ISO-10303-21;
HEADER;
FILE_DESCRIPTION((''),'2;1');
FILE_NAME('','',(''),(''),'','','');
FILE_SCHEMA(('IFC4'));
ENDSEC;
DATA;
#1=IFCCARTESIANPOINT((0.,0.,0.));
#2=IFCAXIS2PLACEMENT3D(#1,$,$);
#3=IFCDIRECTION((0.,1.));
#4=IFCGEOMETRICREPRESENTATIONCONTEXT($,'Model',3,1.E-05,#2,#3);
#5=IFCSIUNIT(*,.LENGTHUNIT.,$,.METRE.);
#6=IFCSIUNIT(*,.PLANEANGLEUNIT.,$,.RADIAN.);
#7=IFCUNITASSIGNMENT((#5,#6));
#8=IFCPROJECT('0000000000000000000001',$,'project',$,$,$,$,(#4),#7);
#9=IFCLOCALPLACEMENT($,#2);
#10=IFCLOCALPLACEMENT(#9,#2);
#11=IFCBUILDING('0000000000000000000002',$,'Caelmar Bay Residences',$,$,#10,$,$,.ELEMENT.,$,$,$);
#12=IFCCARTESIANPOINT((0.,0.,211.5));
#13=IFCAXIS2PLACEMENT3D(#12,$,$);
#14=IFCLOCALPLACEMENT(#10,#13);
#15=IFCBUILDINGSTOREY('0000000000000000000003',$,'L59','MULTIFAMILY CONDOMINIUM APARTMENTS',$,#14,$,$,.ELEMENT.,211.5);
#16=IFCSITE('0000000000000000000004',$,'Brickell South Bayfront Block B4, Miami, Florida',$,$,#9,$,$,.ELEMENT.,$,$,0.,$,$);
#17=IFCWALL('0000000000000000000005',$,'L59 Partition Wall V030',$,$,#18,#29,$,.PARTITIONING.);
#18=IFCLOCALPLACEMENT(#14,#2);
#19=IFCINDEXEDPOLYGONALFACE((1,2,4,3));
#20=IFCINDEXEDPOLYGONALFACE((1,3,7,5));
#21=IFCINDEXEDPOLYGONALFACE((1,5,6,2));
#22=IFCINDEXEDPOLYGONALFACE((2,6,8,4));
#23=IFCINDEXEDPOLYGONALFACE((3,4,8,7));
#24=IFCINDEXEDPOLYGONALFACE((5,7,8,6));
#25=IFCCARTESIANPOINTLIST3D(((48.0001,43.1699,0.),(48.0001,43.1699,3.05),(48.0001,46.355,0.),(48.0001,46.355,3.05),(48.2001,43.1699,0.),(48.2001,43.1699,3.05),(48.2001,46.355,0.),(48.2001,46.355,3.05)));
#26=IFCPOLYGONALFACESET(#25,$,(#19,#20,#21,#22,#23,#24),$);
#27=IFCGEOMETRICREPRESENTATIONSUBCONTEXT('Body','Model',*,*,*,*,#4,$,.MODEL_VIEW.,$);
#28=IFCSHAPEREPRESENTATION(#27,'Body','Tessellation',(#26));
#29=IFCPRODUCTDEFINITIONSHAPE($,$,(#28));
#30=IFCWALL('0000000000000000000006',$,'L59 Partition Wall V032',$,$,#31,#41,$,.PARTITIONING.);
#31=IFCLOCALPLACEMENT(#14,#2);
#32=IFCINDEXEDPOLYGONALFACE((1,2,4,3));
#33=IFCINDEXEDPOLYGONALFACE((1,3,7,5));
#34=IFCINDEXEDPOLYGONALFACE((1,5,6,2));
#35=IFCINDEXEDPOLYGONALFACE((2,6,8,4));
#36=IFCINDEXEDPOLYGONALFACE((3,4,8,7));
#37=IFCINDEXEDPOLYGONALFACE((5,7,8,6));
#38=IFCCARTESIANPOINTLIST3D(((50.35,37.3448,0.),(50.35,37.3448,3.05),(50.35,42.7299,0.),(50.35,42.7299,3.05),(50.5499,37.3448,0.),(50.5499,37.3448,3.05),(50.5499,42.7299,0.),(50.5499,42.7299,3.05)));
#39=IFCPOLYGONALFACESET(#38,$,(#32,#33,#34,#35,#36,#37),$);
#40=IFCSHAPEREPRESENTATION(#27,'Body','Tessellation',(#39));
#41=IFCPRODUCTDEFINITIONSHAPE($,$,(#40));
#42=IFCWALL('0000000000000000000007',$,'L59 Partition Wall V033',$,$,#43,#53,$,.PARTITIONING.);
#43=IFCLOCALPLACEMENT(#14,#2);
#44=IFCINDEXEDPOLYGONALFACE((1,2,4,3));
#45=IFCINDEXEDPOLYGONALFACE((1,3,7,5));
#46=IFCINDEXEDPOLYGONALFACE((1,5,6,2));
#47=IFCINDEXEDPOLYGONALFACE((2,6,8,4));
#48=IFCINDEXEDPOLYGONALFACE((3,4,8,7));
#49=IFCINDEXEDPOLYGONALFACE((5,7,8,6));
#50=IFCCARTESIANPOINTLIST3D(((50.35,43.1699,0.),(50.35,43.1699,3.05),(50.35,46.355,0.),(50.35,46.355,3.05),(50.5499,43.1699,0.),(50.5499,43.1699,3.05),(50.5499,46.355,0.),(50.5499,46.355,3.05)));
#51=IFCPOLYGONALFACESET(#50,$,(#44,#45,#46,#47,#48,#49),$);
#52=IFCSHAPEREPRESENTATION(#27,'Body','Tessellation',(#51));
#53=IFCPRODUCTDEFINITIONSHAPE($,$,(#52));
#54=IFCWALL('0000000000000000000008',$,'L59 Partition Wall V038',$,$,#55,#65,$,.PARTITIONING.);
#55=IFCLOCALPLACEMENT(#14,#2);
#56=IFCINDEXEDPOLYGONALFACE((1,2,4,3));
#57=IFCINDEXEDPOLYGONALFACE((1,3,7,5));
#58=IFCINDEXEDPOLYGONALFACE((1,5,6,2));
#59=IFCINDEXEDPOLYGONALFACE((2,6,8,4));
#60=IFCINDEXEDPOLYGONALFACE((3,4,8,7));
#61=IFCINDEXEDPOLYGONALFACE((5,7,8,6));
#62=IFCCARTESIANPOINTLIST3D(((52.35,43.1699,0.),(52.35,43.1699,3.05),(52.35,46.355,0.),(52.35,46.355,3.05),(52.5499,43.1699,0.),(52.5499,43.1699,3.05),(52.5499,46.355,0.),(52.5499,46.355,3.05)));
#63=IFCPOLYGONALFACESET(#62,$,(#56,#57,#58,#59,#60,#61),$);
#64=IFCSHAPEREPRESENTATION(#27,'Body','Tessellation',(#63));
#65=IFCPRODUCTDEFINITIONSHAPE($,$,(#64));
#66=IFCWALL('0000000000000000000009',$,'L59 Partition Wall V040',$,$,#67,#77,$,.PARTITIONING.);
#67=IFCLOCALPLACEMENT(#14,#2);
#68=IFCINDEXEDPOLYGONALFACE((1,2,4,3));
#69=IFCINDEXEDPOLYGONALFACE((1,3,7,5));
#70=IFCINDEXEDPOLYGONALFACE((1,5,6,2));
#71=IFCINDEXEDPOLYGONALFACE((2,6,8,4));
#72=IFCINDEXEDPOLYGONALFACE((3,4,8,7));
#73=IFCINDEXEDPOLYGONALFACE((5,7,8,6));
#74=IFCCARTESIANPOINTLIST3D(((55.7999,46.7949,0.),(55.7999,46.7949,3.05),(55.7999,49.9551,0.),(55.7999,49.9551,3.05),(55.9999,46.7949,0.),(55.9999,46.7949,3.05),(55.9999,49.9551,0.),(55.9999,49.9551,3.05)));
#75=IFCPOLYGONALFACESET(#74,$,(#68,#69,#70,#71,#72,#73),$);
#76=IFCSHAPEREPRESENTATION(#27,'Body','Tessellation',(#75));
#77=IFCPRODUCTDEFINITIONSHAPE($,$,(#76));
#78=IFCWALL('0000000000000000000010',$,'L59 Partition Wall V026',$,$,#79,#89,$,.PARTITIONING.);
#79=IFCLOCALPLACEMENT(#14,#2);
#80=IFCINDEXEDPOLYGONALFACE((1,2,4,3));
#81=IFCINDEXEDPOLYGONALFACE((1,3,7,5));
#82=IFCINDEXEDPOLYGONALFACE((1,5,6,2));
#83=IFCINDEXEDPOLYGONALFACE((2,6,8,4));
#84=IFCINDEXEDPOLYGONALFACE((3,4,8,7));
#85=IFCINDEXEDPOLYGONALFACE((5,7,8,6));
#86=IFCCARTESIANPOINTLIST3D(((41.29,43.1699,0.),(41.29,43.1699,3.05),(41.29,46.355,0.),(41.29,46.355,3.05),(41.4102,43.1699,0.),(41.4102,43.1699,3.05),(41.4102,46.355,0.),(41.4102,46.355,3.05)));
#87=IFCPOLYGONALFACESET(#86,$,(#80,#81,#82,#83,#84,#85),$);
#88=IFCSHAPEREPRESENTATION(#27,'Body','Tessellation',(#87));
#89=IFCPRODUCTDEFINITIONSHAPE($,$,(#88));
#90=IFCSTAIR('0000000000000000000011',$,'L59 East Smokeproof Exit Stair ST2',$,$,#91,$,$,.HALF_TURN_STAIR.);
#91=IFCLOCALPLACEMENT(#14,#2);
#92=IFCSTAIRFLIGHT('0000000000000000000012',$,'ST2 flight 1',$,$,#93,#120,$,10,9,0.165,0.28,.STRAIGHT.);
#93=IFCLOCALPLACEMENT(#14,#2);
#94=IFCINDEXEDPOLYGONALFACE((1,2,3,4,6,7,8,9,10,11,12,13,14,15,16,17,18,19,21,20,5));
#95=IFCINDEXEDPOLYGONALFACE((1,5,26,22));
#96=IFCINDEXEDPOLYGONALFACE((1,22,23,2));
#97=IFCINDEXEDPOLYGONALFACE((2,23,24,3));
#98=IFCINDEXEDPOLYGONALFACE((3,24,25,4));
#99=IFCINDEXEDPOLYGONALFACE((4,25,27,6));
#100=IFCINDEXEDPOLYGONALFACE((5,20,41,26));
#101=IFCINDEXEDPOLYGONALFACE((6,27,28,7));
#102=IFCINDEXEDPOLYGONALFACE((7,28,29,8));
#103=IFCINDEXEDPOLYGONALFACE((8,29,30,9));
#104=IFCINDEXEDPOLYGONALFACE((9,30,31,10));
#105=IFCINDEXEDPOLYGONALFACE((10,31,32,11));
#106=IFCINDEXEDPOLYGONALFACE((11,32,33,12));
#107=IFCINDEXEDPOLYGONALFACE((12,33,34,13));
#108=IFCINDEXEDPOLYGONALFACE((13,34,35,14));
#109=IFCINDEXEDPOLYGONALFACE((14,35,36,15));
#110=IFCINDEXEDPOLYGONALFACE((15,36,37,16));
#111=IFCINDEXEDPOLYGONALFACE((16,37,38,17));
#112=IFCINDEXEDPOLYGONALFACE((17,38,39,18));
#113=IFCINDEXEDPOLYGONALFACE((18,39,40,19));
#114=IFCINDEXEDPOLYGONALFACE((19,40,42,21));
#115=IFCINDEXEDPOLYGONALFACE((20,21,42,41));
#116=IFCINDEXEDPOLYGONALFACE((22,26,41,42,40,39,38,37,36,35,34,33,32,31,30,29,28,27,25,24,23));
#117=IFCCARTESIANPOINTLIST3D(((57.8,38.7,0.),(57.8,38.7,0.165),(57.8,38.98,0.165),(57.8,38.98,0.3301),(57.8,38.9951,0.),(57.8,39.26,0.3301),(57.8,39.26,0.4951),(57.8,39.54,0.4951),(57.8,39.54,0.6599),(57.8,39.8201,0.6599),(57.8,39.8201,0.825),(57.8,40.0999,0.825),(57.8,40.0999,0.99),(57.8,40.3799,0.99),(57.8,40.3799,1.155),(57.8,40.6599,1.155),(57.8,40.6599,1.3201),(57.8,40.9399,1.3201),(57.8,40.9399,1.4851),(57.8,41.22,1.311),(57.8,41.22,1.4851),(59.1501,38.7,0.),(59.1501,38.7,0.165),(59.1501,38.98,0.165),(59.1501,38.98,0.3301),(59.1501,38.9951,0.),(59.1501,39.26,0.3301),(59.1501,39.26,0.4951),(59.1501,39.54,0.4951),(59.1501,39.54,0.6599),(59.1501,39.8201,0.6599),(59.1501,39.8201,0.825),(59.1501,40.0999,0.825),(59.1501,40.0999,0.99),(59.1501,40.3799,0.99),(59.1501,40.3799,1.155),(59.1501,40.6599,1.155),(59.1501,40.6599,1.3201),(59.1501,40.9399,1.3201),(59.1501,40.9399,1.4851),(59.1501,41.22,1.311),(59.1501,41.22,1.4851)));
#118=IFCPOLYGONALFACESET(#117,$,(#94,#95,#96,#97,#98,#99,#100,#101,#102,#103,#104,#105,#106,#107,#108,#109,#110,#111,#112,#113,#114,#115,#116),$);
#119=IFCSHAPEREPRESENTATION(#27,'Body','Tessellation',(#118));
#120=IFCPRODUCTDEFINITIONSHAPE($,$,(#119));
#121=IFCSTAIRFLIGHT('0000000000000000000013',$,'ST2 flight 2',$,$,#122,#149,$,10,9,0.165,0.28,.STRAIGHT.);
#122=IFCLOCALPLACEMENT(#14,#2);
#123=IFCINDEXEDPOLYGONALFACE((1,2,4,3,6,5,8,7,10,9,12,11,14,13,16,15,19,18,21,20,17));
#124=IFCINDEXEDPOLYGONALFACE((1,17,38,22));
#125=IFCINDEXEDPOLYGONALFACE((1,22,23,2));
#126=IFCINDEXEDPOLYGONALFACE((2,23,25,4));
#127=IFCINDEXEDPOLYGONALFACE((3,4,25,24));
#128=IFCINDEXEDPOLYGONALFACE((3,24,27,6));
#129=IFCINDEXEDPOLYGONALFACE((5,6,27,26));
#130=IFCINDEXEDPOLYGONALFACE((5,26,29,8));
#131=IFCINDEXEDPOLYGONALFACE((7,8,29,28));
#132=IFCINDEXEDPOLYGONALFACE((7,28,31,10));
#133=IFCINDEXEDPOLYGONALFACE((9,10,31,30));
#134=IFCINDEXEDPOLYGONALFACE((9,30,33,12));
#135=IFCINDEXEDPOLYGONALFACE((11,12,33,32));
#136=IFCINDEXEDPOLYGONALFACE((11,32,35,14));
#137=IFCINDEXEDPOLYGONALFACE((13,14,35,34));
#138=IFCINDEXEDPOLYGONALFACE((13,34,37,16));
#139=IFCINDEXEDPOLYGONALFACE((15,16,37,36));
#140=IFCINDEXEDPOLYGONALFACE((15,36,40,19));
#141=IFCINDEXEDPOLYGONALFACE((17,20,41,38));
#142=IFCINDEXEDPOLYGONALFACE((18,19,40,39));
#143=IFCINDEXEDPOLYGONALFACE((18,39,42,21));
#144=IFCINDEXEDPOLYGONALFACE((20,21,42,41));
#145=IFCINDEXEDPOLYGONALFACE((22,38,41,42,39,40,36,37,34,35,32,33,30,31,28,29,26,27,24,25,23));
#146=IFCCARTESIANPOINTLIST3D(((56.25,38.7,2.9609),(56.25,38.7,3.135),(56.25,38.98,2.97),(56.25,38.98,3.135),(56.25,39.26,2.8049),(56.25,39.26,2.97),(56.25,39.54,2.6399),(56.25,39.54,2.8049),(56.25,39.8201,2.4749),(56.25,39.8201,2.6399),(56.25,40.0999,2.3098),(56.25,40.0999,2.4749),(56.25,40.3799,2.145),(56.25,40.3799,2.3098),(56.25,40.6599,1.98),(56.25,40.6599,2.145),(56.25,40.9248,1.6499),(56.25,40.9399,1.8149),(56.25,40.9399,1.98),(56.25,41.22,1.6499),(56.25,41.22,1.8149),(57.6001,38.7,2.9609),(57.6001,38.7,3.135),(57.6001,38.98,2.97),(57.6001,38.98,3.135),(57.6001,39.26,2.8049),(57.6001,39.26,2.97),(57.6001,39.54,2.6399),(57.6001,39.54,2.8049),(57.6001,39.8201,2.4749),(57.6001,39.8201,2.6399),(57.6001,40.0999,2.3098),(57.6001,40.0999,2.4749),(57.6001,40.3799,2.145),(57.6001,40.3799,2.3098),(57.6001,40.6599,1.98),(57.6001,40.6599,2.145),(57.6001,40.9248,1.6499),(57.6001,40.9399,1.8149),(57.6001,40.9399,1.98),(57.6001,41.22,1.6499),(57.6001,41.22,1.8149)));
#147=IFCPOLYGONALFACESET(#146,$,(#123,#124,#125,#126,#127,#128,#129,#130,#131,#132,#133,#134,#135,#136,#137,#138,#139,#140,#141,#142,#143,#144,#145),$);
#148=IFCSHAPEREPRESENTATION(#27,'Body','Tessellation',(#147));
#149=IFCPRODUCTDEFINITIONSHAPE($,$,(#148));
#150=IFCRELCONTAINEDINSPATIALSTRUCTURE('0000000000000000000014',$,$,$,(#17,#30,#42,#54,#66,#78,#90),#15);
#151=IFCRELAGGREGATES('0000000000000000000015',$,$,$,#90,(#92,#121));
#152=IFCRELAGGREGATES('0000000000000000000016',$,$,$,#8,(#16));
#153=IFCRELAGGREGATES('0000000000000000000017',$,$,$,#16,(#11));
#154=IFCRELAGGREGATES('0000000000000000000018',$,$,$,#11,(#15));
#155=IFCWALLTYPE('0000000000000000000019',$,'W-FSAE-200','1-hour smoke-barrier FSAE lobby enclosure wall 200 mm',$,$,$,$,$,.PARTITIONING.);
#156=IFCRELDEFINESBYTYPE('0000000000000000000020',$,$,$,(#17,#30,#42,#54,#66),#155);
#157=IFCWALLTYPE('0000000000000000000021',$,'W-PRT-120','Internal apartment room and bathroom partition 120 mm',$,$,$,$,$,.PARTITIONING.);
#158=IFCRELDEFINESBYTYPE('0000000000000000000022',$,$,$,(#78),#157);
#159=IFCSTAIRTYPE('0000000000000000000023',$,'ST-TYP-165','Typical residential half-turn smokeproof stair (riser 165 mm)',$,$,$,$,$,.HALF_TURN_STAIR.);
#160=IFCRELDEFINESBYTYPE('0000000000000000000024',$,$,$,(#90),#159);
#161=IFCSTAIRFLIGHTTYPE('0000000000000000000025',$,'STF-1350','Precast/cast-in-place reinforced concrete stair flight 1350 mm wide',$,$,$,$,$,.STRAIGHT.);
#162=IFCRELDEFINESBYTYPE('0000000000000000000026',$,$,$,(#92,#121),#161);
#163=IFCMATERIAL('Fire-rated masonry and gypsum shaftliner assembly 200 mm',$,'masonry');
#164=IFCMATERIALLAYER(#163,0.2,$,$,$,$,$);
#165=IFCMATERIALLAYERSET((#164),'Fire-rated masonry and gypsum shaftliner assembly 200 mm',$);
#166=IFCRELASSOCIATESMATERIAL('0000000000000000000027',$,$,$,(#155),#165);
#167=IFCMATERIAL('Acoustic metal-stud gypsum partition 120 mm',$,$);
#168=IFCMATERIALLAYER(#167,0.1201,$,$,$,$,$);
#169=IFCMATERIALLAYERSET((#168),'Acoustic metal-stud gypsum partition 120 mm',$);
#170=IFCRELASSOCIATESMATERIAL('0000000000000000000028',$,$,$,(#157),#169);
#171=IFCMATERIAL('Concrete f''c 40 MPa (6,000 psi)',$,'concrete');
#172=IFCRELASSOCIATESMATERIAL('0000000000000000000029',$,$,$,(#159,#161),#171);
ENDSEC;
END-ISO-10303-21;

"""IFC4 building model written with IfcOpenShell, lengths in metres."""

from ifc_helpers import new_model, si_unit, direction, frame, frame_2d, origin, place, context, subcontext, project, spatial, polyline, rectangle, outline, extrude, material, layer, layer_set, type_object, element, aggregate, save


model = new_model("IFC4")

# Units and contexts
model_context = context("Model", 3, precision=1e-05, world=origin(), true_north=direction((0.0, 1.0)))
body_context = subcontext(model_context, "Body", "Model", "MODEL_VIEW")
ifc_project = project(units=[si_unit("LENGTHUNIT", "METRE"), si_unit("PLANEANGLEUNIT", "RADIAN")], contexts=[model_context])

# Site, building, storey
site_placement = place(None, origin())
site = spatial("IfcSite", under=ifc_project, at=site_placement, Name="Brickell South Bayfront Block B4, Miami, Florida", CompositionType="ELEMENT", RefElevation=0.0)
building_placement = place(site_placement, origin())
building = spatial("IfcBuilding", under=site, at=building_placement, Name="Caelmar Bay Residences", CompositionType="ELEMENT")
storey_placement = place(building_placement, frame((0.0, 0.0, 211.5)))
storey = spatial("IfcBuildingStorey", under=building, at=storey_placement, Name="L59", Description="MULTIFAMILY CONDOMINIUM APARTMENTS", CompositionType="ELEMENT", Elevation=211.5)

# Walls
ifc_material_1 = material(Name="Fire-rated masonry and gypsum shaftliner assembly 200 mm", Category="masonry")
ifc_layer_1 = layer(ifc_material_1, 0.2)
ifc_layer_set_1 = layer_set([ifc_layer_1], Name="Fire-rated masonry and gypsum shaftliner assembly 200 mm")
wall_type_1 = type_object("IfcWallType", Name="W-FSAE-200", Description="1-hour smoke-barrier FSAE lobby enclosure wall 200 mm", PredefinedType="PARTITIONING", material=ifc_layer_set_1)
wall_1_placement = place(storey_placement, frame((48.1001, 43.1699, 0.0), z_axis=(0.0, 0.0, 1.0), x_axis=(0.0, 1.0, 0.0)))
element("IfcWall", 1, at=wall_1_placement, inside=storey, type_object=wall_type_1, Name="L59 Partition Wall V030", PredefinedType="PARTITIONING", context=body_context, shape_type="SweptSolid", body=[
    extrude(rectangle(XDim=3.1851, YDim=0.2, at=frame_2d((1.5925, 0.0))), origin(), (0.0, 0.0, 1.0), 3.05),
])
wall_2_placement = place(storey_placement, frame((50.45, 37.345, 0.0), z_axis=(0.0, 0.0, 1.0), x_axis=(0.0, 1.0, 0.0)))
element("IfcWall", 2, at=wall_2_placement, inside=storey, type_object=wall_type_1, Name="L59 Partition Wall V032", PredefinedType="PARTITIONING", context=body_context, shape_type="SweptSolid", body=[
    extrude(rectangle(XDim=5.385, YDim=0.2, at=frame_2d((2.6924, 0.0))), origin(), (0.0, 0.0, 1.0), 3.05),
])
for number, where, z_axis, x_axis, name in (
    (3, (50.45, 43.1699, 0.0), (0.0, 0.0, 1.0), (0.0, 1.0, 0.0), "L59 Partition Wall V033"),
    (4, (52.45, 43.1699, 0.0), (0.0, 0.0, 1.0), (0.0, 1.0, 0.0), "L59 Partition Wall V038"),
):
    element("IfcWall", number, at=place(storey_placement, frame(where, z_axis=z_axis, x_axis=x_axis)), inside=storey, type_object=wall_type_1, Name=name, PredefinedType="PARTITIONING", context=body_context, shape_type="SweptSolid", body=[
        extrude(rectangle(XDim=3.1851, YDim=0.2, at=frame_2d((1.5925, 0.0))), origin(), (0.0, 0.0, 1.0), 3.05),
    ])
wall_3_placement = place(storey_placement, frame((55.8999, 46.7949, 0.0), z_axis=(0.0, 0.0, 1.0), x_axis=(0.0, 1.0, 0.0)))
element("IfcWall", 5, at=wall_3_placement, inside=storey, type_object=wall_type_1, Name="L59 Partition Wall V040", PredefinedType="PARTITIONING", context=body_context, shape_type="SweptSolid", body=[
    extrude(rectangle(XDim=3.1602, YDim=0.2, at=frame_2d((1.5801, 0.0))), origin(), (0.0, 0.0, 1.0), 3.05),
])
ifc_material_2 = material(Name="Acoustic metal-stud gypsum partition 120 mm")
ifc_layer_2 = layer(ifc_material_2, 0.1201)
ifc_layer_set_2 = layer_set([ifc_layer_2], Name="Acoustic metal-stud gypsum partition 120 mm")
wall_type_2 = type_object("IfcWallType", Name="W-PRT-120", Description="Internal apartment room and bathroom partition 120 mm", PredefinedType="PARTITIONING", material=ifc_layer_set_2)
wall_4_placement = place(storey_placement, frame((41.3501, 43.1699, 0.0), z_axis=(0.0, 0.0, 1.0), x_axis=(0.0, 1.0, 0.0)))
element("IfcWall", 6, at=wall_4_placement, inside=storey, type_object=wall_type_2, Name="L59 Partition Wall V026", PredefinedType="PARTITIONING", context=body_context, shape_type="SweptSolid", body=[
    extrude(rectangle(XDim=3.1851, YDim=0.1201, at=frame_2d((1.5925, 0.0))), origin(), (0.0, 0.0, 1.0), 3.05),
])

# Stair, stair flights
ifc_material_3 = material(Name="Concrete f'c 40 MPa (6,000 psi)", Category="concrete")
stair_type = type_object("IfcStairType", Name="ST-TYP-165", Description="Typical residential half-turn smokeproof stair (riser 165 mm)", PredefinedType="HALF_TURN_STAIR", material=ifc_material_3)
stair_placement = place(storey_placement, origin())
stair = element("IfcStair", 7, at=stair_placement, inside=storey, type_object=stair_type, Name="L59 East Smokeproof Exit Stair ST2", PredefinedType="HALF_TURN_STAIR")
stair_flight_type = type_object("IfcStairFlightType", Name="STF-1350", Description="Precast/cast-in-place reinforced concrete stair flight 1350 mm wide", PredefinedType="STRAIGHT", material=ifc_material_3)
stair_flight_1_placement = place(storey_placement, frame((58.4751, 38.7, 0.0), z_axis=(0.0, 0.0, 1.0), x_axis=(0.0, 1.0, 0.0)))
stair_flight_1 = element("IfcStairFlight", 8, at=stair_flight_1_placement, type_object=stair_flight_type, Name="ST2 flight 1", NumberOfRisers=10, NumberOfTreads=9, PredefinedType="STRAIGHT", RiserHeight=0.165, TreadLength=0.28, context=body_context, shape_type="SweptSolid", body=[
    extrude(outline(polyline([(0.0, 0.0), (0.0, 0.165), (0.28, 0.165), (0.28, 0.3301), (0.5601, 0.3301), (0.5601, 0.4951), (0.8401, 0.4951), (0.8401, 0.6599), (1.1201, 0.6599), (1.1201, 0.825), (1.3999, 0.825), (1.3999, 0.99), (1.6799, 0.99), (1.6799, 1.155), (1.96, 1.155), (1.96, 1.3201), (2.24, 1.3201), (2.24, 1.4851), (2.52, 1.4851), (2.52, 1.6499), (2.52, 1.311), (0.2952, 0.0), (0.0, 0.0)])), frame((0.0, 0.675, 0.0), z_axis=(0.0, -1.0, 0.0), x_axis=(1.0, 0.0, 0.0)), (0.0, 0.0, 1.0), 1.3501),
])
stair_flight_2_placement = place(storey_placement, frame((56.925, 41.22, 1.6499), z_axis=(0.0, 0.0, 1.0), x_axis=(0.0, -1.0, 0.0)))
stair_flight_2 = element("IfcStairFlight", 9, at=stair_flight_2_placement, type_object=stair_flight_type, Name="ST2 flight 2", NumberOfRisers=10, NumberOfTreads=9, PredefinedType="STRAIGHT", RiserHeight=0.165, TreadLength=0.28, context=body_context, shape_type="SweptSolid", body=[
    extrude(outline(polyline([(0.0, 0.0), (0.0, 0.165), (0.28, 0.165), (0.28, 0.3301), (0.5601, 0.3301), (0.5601, 0.4951), (0.8401, 0.4951), (0.8401, 0.6599), (1.1201, 0.6599), (1.1201, 0.825), (1.3999, 0.825), (1.3999, 0.99), (1.6799, 0.99), (1.6799, 1.155), (1.96, 1.155), (1.96, 1.3201), (2.24, 1.3201), (2.24, 1.4851), (2.52, 1.4851), (2.52, 1.6499), (2.52, 1.311), (0.2952, 0.0), (0.0, 0.0)])), frame((0.0, 0.675, 0.0), z_axis=(0.0, -1.0, 0.0), x_axis=(1.0, 0.0, 0.0)), (0.0, 0.0, 1.0), 1.3501),
])
aggregate(stair, [stair_flight_1, stair_flight_2])

save(model, "model.ifc")
